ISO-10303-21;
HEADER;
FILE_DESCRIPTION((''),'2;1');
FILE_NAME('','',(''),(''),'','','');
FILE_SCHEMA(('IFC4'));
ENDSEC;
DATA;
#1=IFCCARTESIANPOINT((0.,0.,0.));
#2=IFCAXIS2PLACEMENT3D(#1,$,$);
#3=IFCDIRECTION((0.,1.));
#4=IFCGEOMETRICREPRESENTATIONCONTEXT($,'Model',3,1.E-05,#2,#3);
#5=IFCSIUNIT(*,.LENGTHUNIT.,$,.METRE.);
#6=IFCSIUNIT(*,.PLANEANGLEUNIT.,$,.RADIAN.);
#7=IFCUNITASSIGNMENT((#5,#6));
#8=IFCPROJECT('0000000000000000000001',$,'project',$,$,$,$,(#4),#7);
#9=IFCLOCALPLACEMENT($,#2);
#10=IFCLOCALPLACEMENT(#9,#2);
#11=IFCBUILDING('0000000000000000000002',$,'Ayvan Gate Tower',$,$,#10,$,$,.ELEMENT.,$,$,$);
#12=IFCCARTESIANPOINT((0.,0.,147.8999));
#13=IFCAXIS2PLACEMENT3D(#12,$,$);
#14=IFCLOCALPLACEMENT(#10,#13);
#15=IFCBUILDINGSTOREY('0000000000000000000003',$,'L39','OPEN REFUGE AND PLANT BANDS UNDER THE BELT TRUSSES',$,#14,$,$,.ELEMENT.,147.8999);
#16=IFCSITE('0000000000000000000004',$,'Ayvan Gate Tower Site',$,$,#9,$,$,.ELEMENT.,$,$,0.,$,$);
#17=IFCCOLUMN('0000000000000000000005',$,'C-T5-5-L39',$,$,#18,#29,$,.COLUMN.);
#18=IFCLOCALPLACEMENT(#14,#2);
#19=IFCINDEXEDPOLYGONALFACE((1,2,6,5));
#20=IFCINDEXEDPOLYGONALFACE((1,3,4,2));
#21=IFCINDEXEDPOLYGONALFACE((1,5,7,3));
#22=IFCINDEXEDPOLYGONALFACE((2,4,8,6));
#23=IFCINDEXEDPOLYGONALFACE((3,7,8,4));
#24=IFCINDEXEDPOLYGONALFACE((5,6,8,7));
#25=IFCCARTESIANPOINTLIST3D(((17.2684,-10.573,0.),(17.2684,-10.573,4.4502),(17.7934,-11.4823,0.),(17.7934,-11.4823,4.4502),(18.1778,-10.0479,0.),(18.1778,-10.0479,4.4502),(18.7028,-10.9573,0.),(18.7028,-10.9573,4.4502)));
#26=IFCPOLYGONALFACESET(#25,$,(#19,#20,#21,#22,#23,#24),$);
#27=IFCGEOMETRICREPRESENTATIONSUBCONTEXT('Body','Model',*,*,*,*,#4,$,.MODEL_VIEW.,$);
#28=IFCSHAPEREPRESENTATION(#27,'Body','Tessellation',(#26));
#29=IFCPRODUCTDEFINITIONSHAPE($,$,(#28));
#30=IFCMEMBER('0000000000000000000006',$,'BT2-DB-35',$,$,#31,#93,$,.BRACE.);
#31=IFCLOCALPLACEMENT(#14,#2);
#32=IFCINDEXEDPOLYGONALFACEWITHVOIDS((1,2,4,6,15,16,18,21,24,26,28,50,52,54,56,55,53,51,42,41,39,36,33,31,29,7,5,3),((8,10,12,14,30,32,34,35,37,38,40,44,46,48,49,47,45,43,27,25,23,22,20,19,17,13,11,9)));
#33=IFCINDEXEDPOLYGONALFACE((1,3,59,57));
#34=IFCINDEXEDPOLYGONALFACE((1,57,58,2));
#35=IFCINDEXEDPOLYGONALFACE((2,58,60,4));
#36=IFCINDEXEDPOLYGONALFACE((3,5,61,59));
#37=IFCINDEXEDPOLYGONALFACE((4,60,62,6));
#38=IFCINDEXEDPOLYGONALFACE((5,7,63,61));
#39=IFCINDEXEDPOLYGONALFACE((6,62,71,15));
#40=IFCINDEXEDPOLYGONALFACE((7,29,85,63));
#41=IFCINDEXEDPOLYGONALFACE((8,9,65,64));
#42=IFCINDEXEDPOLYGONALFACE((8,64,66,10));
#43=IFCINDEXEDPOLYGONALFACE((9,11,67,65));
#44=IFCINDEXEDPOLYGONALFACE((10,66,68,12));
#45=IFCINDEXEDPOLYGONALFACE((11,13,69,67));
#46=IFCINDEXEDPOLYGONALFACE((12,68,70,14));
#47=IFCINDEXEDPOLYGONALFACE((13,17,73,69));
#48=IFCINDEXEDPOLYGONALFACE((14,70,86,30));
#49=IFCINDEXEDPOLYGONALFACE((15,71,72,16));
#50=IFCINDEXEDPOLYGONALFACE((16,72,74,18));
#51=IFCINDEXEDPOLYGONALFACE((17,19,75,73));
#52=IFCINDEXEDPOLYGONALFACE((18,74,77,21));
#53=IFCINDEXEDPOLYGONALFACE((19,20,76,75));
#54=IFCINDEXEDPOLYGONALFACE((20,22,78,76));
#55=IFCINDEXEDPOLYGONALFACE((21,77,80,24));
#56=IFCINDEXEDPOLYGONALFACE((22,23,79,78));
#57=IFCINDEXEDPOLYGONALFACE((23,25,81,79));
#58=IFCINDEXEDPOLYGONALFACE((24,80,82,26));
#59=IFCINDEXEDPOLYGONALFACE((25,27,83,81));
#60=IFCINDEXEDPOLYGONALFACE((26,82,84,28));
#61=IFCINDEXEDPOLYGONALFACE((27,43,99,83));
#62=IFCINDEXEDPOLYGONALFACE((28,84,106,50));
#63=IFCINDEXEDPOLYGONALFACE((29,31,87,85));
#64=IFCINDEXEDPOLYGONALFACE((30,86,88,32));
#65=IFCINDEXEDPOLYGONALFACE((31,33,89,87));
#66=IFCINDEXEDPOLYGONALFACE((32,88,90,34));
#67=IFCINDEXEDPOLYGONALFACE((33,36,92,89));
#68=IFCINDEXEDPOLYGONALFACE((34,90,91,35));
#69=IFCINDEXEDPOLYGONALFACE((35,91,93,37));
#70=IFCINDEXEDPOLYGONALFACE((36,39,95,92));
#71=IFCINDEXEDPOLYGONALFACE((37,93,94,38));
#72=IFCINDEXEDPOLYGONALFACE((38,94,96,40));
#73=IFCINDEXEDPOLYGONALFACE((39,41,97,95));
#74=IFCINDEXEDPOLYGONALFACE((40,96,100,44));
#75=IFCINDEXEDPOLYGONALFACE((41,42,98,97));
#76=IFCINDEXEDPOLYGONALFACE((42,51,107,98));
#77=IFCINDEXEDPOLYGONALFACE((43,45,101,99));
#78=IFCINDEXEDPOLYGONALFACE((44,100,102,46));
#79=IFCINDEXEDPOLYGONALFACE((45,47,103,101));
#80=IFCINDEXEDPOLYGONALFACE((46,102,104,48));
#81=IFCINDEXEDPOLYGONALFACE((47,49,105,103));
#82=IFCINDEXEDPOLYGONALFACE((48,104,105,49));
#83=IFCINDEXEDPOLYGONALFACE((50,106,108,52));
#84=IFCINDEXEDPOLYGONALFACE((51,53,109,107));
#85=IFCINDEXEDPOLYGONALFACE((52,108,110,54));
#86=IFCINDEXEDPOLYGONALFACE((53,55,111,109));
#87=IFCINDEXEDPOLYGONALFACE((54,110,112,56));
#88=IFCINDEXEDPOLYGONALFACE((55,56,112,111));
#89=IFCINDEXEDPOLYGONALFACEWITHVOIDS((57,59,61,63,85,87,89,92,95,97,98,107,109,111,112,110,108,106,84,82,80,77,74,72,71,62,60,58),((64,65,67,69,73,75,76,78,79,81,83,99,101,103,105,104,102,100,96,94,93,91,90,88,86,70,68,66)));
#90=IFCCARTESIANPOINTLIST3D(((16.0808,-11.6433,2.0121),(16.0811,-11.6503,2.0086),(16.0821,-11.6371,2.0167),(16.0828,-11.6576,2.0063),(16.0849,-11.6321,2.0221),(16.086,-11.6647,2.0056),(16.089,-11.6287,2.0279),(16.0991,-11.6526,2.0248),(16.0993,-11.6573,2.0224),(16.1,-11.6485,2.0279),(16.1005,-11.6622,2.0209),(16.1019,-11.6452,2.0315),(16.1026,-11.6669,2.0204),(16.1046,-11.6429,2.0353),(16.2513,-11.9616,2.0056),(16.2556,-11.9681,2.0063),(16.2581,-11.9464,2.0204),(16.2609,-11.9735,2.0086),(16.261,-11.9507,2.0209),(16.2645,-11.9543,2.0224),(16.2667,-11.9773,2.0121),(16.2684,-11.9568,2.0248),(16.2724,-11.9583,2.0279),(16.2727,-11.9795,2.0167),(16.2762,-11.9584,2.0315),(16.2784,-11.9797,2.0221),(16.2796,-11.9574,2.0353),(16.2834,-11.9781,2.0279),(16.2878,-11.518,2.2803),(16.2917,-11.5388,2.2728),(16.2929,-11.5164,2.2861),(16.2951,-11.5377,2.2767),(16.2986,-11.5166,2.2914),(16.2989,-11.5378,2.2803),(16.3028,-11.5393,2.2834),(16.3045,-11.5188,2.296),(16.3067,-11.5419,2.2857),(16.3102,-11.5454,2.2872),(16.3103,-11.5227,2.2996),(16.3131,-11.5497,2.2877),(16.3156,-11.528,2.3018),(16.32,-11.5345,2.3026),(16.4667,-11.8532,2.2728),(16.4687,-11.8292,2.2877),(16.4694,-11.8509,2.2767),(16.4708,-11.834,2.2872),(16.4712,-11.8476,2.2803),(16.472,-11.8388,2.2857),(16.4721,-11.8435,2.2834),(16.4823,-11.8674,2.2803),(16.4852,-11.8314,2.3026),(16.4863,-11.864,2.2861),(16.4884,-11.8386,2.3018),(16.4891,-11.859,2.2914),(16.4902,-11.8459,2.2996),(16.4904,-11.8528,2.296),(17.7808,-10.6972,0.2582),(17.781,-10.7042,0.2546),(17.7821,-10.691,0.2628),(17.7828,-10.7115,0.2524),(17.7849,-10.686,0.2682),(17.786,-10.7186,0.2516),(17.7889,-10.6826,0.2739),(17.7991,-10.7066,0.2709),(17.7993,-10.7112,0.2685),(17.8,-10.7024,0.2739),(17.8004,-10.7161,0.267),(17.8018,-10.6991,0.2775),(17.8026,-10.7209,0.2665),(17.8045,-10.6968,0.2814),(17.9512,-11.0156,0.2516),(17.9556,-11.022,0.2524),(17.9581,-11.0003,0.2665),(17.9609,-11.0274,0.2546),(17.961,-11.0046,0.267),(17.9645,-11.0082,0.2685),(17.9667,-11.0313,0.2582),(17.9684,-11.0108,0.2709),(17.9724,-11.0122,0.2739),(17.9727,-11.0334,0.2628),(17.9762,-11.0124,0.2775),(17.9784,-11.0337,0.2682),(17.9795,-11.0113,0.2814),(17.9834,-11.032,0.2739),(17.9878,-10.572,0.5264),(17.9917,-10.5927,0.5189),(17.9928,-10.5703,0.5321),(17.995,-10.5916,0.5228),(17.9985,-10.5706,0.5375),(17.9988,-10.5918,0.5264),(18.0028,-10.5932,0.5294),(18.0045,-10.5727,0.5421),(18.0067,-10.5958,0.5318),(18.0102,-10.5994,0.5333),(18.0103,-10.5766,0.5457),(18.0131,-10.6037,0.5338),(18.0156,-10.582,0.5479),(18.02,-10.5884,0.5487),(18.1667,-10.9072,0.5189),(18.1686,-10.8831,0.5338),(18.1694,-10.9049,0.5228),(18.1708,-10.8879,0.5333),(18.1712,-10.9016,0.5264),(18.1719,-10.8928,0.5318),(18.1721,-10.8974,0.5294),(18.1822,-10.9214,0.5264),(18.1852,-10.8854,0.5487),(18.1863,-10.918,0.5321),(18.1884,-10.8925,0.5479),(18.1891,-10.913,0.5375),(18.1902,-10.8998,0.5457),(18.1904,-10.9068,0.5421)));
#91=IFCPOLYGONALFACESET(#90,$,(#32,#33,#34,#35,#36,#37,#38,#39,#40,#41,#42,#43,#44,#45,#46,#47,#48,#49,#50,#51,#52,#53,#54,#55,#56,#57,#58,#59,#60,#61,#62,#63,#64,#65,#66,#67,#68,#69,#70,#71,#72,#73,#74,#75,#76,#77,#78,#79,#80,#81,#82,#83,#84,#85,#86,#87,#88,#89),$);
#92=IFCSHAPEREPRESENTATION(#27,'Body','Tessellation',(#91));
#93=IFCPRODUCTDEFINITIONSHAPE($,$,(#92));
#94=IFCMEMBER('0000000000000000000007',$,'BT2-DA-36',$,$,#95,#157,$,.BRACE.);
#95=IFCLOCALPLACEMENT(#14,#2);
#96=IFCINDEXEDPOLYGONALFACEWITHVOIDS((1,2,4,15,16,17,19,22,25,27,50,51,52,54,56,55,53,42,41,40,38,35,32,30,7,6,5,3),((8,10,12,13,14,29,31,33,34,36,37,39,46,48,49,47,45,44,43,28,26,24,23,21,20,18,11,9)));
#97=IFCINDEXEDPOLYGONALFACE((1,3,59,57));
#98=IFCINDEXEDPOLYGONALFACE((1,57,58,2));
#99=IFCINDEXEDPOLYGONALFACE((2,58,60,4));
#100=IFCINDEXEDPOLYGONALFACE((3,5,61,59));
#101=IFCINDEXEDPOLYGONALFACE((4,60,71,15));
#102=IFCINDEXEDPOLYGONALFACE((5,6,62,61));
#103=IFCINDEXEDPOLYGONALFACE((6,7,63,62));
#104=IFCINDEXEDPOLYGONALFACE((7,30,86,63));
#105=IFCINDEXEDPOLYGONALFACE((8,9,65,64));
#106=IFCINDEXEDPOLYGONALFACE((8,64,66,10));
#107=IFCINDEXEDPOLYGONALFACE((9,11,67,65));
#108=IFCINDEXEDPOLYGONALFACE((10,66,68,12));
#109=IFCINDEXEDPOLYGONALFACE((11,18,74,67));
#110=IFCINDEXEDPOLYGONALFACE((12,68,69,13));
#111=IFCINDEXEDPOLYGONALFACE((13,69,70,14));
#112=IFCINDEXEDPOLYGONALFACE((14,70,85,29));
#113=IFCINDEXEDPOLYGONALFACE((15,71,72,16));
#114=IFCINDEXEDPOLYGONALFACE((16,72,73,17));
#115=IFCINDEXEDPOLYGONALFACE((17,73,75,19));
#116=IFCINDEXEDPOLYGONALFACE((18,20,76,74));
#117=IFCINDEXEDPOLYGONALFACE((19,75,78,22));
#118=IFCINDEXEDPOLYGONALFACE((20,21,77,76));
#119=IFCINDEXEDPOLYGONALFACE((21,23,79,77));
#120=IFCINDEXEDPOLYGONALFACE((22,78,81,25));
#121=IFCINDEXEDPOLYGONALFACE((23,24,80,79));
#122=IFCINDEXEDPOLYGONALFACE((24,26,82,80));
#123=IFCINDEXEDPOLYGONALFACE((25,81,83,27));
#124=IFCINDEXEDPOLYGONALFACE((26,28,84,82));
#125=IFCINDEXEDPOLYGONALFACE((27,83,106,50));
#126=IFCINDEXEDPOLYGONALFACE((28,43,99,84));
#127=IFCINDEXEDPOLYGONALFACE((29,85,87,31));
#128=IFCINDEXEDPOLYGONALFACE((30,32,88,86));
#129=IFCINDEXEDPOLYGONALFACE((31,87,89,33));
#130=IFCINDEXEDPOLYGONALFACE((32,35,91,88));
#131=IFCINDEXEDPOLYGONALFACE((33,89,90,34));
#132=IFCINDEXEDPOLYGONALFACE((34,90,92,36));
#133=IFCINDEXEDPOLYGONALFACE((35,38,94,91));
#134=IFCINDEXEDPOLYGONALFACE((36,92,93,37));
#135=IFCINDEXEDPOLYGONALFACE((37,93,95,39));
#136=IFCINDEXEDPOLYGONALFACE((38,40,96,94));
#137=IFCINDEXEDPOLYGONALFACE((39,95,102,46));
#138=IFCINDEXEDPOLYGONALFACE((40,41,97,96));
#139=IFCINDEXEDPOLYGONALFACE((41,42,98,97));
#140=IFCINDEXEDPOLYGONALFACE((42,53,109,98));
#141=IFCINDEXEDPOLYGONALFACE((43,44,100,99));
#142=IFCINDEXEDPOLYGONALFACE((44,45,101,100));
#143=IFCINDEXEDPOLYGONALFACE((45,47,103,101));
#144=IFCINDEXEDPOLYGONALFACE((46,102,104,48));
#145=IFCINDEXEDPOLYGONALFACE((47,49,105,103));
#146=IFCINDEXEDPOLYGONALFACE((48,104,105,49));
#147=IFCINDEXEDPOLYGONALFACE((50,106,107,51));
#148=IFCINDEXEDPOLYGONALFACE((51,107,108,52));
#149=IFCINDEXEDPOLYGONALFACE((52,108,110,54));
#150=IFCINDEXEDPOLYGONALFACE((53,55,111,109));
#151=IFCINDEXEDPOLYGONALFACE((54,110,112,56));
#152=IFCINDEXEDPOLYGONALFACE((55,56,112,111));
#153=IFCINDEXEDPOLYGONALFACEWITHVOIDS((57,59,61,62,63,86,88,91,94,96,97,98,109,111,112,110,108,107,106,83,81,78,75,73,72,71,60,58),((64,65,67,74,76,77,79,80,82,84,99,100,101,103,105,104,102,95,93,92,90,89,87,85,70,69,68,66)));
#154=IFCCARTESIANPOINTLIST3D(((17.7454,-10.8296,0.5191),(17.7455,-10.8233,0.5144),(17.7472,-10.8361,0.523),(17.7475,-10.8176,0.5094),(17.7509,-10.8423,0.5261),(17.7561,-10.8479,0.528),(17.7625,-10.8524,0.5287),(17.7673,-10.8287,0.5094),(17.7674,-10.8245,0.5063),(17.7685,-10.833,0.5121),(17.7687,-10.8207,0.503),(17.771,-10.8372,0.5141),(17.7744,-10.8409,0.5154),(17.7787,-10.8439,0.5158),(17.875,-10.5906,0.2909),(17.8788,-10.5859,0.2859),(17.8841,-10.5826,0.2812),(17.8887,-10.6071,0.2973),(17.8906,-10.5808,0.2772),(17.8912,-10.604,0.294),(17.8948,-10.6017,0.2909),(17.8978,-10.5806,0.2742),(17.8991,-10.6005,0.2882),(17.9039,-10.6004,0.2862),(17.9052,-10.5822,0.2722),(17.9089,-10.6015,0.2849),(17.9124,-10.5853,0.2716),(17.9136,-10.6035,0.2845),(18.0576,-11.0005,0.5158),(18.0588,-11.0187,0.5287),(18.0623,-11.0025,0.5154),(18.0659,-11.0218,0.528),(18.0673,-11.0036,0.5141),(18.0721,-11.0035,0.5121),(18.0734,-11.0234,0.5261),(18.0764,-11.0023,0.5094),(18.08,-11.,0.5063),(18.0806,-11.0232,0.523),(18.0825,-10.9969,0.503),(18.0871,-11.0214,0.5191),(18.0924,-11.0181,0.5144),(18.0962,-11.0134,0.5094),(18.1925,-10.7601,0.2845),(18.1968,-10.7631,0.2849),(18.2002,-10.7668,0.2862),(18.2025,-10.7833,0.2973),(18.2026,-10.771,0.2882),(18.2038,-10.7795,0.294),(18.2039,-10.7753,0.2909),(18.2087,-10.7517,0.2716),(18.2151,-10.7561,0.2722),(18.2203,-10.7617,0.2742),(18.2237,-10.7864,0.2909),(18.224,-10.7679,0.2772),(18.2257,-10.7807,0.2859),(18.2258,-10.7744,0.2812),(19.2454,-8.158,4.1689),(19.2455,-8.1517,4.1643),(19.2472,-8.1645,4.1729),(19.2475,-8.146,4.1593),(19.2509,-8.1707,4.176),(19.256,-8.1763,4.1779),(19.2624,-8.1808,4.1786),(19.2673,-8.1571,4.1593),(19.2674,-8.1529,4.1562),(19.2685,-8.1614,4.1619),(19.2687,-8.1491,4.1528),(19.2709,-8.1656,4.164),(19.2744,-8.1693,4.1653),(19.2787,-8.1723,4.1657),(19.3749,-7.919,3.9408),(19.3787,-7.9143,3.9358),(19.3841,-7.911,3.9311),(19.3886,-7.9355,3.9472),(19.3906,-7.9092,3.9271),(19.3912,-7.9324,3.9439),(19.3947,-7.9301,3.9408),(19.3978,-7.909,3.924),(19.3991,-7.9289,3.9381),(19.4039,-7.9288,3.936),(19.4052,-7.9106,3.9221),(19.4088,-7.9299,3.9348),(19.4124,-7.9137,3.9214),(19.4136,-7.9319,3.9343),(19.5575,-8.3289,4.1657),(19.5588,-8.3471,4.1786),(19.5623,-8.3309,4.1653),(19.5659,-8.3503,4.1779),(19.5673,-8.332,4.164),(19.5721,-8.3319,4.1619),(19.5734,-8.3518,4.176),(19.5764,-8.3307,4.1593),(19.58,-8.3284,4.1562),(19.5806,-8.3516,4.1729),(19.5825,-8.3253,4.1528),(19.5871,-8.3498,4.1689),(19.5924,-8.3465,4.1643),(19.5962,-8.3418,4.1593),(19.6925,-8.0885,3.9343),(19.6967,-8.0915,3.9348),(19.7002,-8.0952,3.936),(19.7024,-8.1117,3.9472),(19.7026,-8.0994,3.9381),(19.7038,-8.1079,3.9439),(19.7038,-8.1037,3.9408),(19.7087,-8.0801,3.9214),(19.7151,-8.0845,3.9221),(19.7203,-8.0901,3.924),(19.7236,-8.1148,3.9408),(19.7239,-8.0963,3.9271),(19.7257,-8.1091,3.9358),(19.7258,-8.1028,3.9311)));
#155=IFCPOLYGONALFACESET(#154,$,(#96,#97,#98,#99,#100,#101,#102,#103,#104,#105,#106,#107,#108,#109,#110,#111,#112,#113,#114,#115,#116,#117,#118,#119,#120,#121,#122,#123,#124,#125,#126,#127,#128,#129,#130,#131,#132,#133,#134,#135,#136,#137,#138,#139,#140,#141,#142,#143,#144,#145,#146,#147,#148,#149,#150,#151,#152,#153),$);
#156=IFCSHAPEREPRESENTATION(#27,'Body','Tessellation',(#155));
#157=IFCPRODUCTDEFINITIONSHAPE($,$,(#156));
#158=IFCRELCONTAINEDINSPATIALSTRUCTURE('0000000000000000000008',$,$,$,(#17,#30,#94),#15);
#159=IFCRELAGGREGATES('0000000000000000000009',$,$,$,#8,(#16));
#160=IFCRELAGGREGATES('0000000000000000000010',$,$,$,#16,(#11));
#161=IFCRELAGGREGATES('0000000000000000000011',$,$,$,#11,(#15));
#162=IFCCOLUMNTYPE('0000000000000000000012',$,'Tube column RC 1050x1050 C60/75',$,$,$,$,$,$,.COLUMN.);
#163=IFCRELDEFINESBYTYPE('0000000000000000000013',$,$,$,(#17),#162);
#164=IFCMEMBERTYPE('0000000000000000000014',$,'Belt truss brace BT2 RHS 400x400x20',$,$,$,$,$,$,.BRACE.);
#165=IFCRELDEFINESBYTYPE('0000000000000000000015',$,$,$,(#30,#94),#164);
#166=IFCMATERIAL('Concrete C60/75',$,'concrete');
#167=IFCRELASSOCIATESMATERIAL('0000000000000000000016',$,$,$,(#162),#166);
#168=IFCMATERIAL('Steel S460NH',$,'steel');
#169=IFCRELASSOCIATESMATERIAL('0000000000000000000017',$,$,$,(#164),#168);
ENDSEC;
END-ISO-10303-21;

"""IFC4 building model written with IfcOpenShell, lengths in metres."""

from ifc_helpers import new_model, si_unit, direction, frame, origin, origin_2d, place, context, subcontext, project, spatial, rectangle, hollow_rectangle, extrude, material, material_profile, profile_set, type_object, element, save


model = new_model("IFC4")

# Units and contexts
model_context = context("Model", 3, precision=1e-05, world=origin(), true_north=direction((0.0, 1.0)))
body_context = subcontext(model_context, "Body", "Model", "MODEL_VIEW")
ifc_project = project(units=[si_unit("LENGTHUNIT", "METRE"), si_unit("PLANEANGLEUNIT", "RADIAN")], contexts=[model_context])

# Site, building, storey
site_placement = place(None, origin())
site = spatial("IfcSite", under=ifc_project, at=site_placement, Name="Ayvan Gate Tower Site", CompositionType="ELEMENT", RefElevation=0.0)
building_placement = place(site_placement, origin())
building = spatial("IfcBuilding", under=site, at=building_placement, Name="Ayvan Gate Tower", CompositionType="ELEMENT")
storey_placement = place(building_placement, frame((0.0, 0.0, 147.8999)))
storey = spatial("IfcBuildingStorey", under=building, at=storey_placement, Name="L39", Description="OPEN REFUGE AND PLANT BANDS UNDER THE BELT TRUSSES", CompositionType="ELEMENT", Elevation=147.8999)

# Column
ifc_material_1 = material(Name="Concrete C60/75", Category="concrete")
ifc_material_profile_1 = material_profile(ifc_material_1, rectangle(XDim=1.05, YDim=1.05, at=origin_2d()), Name="RC 1050x1050")
ifc_profile_set_1 = profile_set([ifc_material_profile_1], Name="Concrete C60/75")
column_type = type_object("IfcColumnType", Name="Tube column RC 1050x1050 C60/75", PredefinedType="COLUMN", material=ifc_profile_set_1)
column_placement = place(storey_placement, frame((17.9856, -10.7651, 0.0), z_axis=(0.0, 0.0, 1.0), x_axis=(0.5, -0.866025, 0.0)))
element("IfcColumn", 1, at=column_placement, inside=storey, type_object=column_type, Name="C-T5-5-L39", PredefinedType="COLUMN", context=body_context, shape_type="SweptSolid", body=[
    extrude(rectangle(XDim=1.05, YDim=1.05, at=origin_2d()), origin(), (0.0, 0.0, 1.0), 4.4502),
])

# Members
ifc_material_2 = material(Name="Steel S460NH", Category="steel")
ifc_material_profile_2 = material_profile(ifc_material_2, hollow_rectangle(XDim=0.3999, YDim=0.3999, WallThickness=0.02, InnerFilletRadius=0.02, OuterFilletRadius=0.03, at=origin_2d()), Name="RHS 400x400x20")
ifc_profile_set_2 = profile_set([ifc_material_profile_2], Name="Steel S460NH")
member_type_1 = type_object("IfcMemberType", Name="Belt truss brace BT2 RHS 400x400x20", PredefinedType="BRACE", material=ifc_profile_set_2)
member_1_placement = place(storey_placement, frame((17.9856, -10.802, 0.4001), z_axis=(-0.648996, -0.361175, 0.669595), x_axis=(0.486282, -0.873802, 0.0)))
element("IfcMember", 2, at=member_1_placement, inside=storey, type_object=member_type_1, Name="BT2-DB-35", PredefinedType="BRACE", context=body_context, shape_type="SweptSolid", body=[
    extrude(hollow_rectangle(XDim=0.3999, YDim=0.3999, WallThickness=0.02, InnerFilletRadius=0.02, OuterFilletRadius=0.03, at=origin_2d()), origin(), (0.0, 0.0, 1.0), 2.6194),
])
member_2_placement = place(storey_placement, frame((17.9856, -10.802, 0.4001), z_axis=(0.314766, 0.560627, 0.765911), x_axis=(-0.871965, 0.489569, 0.0)))
element("IfcMember", 3, at=member_2_placement, inside=storey, type_object=member_type_1, Name="BT2-DA-36", PredefinedType="BRACE", context=body_context, shape_type="SweptSolid", body=[
    extrude(hollow_rectangle(XDim=0.3999, YDim=0.3999, WallThickness=0.02, InnerFilletRadius=0.02, OuterFilletRadius=0.03, at=origin_2d()), origin(), (0.0, 0.0, 1.0), 4.7654),
])

save(model, "model.ifc")
